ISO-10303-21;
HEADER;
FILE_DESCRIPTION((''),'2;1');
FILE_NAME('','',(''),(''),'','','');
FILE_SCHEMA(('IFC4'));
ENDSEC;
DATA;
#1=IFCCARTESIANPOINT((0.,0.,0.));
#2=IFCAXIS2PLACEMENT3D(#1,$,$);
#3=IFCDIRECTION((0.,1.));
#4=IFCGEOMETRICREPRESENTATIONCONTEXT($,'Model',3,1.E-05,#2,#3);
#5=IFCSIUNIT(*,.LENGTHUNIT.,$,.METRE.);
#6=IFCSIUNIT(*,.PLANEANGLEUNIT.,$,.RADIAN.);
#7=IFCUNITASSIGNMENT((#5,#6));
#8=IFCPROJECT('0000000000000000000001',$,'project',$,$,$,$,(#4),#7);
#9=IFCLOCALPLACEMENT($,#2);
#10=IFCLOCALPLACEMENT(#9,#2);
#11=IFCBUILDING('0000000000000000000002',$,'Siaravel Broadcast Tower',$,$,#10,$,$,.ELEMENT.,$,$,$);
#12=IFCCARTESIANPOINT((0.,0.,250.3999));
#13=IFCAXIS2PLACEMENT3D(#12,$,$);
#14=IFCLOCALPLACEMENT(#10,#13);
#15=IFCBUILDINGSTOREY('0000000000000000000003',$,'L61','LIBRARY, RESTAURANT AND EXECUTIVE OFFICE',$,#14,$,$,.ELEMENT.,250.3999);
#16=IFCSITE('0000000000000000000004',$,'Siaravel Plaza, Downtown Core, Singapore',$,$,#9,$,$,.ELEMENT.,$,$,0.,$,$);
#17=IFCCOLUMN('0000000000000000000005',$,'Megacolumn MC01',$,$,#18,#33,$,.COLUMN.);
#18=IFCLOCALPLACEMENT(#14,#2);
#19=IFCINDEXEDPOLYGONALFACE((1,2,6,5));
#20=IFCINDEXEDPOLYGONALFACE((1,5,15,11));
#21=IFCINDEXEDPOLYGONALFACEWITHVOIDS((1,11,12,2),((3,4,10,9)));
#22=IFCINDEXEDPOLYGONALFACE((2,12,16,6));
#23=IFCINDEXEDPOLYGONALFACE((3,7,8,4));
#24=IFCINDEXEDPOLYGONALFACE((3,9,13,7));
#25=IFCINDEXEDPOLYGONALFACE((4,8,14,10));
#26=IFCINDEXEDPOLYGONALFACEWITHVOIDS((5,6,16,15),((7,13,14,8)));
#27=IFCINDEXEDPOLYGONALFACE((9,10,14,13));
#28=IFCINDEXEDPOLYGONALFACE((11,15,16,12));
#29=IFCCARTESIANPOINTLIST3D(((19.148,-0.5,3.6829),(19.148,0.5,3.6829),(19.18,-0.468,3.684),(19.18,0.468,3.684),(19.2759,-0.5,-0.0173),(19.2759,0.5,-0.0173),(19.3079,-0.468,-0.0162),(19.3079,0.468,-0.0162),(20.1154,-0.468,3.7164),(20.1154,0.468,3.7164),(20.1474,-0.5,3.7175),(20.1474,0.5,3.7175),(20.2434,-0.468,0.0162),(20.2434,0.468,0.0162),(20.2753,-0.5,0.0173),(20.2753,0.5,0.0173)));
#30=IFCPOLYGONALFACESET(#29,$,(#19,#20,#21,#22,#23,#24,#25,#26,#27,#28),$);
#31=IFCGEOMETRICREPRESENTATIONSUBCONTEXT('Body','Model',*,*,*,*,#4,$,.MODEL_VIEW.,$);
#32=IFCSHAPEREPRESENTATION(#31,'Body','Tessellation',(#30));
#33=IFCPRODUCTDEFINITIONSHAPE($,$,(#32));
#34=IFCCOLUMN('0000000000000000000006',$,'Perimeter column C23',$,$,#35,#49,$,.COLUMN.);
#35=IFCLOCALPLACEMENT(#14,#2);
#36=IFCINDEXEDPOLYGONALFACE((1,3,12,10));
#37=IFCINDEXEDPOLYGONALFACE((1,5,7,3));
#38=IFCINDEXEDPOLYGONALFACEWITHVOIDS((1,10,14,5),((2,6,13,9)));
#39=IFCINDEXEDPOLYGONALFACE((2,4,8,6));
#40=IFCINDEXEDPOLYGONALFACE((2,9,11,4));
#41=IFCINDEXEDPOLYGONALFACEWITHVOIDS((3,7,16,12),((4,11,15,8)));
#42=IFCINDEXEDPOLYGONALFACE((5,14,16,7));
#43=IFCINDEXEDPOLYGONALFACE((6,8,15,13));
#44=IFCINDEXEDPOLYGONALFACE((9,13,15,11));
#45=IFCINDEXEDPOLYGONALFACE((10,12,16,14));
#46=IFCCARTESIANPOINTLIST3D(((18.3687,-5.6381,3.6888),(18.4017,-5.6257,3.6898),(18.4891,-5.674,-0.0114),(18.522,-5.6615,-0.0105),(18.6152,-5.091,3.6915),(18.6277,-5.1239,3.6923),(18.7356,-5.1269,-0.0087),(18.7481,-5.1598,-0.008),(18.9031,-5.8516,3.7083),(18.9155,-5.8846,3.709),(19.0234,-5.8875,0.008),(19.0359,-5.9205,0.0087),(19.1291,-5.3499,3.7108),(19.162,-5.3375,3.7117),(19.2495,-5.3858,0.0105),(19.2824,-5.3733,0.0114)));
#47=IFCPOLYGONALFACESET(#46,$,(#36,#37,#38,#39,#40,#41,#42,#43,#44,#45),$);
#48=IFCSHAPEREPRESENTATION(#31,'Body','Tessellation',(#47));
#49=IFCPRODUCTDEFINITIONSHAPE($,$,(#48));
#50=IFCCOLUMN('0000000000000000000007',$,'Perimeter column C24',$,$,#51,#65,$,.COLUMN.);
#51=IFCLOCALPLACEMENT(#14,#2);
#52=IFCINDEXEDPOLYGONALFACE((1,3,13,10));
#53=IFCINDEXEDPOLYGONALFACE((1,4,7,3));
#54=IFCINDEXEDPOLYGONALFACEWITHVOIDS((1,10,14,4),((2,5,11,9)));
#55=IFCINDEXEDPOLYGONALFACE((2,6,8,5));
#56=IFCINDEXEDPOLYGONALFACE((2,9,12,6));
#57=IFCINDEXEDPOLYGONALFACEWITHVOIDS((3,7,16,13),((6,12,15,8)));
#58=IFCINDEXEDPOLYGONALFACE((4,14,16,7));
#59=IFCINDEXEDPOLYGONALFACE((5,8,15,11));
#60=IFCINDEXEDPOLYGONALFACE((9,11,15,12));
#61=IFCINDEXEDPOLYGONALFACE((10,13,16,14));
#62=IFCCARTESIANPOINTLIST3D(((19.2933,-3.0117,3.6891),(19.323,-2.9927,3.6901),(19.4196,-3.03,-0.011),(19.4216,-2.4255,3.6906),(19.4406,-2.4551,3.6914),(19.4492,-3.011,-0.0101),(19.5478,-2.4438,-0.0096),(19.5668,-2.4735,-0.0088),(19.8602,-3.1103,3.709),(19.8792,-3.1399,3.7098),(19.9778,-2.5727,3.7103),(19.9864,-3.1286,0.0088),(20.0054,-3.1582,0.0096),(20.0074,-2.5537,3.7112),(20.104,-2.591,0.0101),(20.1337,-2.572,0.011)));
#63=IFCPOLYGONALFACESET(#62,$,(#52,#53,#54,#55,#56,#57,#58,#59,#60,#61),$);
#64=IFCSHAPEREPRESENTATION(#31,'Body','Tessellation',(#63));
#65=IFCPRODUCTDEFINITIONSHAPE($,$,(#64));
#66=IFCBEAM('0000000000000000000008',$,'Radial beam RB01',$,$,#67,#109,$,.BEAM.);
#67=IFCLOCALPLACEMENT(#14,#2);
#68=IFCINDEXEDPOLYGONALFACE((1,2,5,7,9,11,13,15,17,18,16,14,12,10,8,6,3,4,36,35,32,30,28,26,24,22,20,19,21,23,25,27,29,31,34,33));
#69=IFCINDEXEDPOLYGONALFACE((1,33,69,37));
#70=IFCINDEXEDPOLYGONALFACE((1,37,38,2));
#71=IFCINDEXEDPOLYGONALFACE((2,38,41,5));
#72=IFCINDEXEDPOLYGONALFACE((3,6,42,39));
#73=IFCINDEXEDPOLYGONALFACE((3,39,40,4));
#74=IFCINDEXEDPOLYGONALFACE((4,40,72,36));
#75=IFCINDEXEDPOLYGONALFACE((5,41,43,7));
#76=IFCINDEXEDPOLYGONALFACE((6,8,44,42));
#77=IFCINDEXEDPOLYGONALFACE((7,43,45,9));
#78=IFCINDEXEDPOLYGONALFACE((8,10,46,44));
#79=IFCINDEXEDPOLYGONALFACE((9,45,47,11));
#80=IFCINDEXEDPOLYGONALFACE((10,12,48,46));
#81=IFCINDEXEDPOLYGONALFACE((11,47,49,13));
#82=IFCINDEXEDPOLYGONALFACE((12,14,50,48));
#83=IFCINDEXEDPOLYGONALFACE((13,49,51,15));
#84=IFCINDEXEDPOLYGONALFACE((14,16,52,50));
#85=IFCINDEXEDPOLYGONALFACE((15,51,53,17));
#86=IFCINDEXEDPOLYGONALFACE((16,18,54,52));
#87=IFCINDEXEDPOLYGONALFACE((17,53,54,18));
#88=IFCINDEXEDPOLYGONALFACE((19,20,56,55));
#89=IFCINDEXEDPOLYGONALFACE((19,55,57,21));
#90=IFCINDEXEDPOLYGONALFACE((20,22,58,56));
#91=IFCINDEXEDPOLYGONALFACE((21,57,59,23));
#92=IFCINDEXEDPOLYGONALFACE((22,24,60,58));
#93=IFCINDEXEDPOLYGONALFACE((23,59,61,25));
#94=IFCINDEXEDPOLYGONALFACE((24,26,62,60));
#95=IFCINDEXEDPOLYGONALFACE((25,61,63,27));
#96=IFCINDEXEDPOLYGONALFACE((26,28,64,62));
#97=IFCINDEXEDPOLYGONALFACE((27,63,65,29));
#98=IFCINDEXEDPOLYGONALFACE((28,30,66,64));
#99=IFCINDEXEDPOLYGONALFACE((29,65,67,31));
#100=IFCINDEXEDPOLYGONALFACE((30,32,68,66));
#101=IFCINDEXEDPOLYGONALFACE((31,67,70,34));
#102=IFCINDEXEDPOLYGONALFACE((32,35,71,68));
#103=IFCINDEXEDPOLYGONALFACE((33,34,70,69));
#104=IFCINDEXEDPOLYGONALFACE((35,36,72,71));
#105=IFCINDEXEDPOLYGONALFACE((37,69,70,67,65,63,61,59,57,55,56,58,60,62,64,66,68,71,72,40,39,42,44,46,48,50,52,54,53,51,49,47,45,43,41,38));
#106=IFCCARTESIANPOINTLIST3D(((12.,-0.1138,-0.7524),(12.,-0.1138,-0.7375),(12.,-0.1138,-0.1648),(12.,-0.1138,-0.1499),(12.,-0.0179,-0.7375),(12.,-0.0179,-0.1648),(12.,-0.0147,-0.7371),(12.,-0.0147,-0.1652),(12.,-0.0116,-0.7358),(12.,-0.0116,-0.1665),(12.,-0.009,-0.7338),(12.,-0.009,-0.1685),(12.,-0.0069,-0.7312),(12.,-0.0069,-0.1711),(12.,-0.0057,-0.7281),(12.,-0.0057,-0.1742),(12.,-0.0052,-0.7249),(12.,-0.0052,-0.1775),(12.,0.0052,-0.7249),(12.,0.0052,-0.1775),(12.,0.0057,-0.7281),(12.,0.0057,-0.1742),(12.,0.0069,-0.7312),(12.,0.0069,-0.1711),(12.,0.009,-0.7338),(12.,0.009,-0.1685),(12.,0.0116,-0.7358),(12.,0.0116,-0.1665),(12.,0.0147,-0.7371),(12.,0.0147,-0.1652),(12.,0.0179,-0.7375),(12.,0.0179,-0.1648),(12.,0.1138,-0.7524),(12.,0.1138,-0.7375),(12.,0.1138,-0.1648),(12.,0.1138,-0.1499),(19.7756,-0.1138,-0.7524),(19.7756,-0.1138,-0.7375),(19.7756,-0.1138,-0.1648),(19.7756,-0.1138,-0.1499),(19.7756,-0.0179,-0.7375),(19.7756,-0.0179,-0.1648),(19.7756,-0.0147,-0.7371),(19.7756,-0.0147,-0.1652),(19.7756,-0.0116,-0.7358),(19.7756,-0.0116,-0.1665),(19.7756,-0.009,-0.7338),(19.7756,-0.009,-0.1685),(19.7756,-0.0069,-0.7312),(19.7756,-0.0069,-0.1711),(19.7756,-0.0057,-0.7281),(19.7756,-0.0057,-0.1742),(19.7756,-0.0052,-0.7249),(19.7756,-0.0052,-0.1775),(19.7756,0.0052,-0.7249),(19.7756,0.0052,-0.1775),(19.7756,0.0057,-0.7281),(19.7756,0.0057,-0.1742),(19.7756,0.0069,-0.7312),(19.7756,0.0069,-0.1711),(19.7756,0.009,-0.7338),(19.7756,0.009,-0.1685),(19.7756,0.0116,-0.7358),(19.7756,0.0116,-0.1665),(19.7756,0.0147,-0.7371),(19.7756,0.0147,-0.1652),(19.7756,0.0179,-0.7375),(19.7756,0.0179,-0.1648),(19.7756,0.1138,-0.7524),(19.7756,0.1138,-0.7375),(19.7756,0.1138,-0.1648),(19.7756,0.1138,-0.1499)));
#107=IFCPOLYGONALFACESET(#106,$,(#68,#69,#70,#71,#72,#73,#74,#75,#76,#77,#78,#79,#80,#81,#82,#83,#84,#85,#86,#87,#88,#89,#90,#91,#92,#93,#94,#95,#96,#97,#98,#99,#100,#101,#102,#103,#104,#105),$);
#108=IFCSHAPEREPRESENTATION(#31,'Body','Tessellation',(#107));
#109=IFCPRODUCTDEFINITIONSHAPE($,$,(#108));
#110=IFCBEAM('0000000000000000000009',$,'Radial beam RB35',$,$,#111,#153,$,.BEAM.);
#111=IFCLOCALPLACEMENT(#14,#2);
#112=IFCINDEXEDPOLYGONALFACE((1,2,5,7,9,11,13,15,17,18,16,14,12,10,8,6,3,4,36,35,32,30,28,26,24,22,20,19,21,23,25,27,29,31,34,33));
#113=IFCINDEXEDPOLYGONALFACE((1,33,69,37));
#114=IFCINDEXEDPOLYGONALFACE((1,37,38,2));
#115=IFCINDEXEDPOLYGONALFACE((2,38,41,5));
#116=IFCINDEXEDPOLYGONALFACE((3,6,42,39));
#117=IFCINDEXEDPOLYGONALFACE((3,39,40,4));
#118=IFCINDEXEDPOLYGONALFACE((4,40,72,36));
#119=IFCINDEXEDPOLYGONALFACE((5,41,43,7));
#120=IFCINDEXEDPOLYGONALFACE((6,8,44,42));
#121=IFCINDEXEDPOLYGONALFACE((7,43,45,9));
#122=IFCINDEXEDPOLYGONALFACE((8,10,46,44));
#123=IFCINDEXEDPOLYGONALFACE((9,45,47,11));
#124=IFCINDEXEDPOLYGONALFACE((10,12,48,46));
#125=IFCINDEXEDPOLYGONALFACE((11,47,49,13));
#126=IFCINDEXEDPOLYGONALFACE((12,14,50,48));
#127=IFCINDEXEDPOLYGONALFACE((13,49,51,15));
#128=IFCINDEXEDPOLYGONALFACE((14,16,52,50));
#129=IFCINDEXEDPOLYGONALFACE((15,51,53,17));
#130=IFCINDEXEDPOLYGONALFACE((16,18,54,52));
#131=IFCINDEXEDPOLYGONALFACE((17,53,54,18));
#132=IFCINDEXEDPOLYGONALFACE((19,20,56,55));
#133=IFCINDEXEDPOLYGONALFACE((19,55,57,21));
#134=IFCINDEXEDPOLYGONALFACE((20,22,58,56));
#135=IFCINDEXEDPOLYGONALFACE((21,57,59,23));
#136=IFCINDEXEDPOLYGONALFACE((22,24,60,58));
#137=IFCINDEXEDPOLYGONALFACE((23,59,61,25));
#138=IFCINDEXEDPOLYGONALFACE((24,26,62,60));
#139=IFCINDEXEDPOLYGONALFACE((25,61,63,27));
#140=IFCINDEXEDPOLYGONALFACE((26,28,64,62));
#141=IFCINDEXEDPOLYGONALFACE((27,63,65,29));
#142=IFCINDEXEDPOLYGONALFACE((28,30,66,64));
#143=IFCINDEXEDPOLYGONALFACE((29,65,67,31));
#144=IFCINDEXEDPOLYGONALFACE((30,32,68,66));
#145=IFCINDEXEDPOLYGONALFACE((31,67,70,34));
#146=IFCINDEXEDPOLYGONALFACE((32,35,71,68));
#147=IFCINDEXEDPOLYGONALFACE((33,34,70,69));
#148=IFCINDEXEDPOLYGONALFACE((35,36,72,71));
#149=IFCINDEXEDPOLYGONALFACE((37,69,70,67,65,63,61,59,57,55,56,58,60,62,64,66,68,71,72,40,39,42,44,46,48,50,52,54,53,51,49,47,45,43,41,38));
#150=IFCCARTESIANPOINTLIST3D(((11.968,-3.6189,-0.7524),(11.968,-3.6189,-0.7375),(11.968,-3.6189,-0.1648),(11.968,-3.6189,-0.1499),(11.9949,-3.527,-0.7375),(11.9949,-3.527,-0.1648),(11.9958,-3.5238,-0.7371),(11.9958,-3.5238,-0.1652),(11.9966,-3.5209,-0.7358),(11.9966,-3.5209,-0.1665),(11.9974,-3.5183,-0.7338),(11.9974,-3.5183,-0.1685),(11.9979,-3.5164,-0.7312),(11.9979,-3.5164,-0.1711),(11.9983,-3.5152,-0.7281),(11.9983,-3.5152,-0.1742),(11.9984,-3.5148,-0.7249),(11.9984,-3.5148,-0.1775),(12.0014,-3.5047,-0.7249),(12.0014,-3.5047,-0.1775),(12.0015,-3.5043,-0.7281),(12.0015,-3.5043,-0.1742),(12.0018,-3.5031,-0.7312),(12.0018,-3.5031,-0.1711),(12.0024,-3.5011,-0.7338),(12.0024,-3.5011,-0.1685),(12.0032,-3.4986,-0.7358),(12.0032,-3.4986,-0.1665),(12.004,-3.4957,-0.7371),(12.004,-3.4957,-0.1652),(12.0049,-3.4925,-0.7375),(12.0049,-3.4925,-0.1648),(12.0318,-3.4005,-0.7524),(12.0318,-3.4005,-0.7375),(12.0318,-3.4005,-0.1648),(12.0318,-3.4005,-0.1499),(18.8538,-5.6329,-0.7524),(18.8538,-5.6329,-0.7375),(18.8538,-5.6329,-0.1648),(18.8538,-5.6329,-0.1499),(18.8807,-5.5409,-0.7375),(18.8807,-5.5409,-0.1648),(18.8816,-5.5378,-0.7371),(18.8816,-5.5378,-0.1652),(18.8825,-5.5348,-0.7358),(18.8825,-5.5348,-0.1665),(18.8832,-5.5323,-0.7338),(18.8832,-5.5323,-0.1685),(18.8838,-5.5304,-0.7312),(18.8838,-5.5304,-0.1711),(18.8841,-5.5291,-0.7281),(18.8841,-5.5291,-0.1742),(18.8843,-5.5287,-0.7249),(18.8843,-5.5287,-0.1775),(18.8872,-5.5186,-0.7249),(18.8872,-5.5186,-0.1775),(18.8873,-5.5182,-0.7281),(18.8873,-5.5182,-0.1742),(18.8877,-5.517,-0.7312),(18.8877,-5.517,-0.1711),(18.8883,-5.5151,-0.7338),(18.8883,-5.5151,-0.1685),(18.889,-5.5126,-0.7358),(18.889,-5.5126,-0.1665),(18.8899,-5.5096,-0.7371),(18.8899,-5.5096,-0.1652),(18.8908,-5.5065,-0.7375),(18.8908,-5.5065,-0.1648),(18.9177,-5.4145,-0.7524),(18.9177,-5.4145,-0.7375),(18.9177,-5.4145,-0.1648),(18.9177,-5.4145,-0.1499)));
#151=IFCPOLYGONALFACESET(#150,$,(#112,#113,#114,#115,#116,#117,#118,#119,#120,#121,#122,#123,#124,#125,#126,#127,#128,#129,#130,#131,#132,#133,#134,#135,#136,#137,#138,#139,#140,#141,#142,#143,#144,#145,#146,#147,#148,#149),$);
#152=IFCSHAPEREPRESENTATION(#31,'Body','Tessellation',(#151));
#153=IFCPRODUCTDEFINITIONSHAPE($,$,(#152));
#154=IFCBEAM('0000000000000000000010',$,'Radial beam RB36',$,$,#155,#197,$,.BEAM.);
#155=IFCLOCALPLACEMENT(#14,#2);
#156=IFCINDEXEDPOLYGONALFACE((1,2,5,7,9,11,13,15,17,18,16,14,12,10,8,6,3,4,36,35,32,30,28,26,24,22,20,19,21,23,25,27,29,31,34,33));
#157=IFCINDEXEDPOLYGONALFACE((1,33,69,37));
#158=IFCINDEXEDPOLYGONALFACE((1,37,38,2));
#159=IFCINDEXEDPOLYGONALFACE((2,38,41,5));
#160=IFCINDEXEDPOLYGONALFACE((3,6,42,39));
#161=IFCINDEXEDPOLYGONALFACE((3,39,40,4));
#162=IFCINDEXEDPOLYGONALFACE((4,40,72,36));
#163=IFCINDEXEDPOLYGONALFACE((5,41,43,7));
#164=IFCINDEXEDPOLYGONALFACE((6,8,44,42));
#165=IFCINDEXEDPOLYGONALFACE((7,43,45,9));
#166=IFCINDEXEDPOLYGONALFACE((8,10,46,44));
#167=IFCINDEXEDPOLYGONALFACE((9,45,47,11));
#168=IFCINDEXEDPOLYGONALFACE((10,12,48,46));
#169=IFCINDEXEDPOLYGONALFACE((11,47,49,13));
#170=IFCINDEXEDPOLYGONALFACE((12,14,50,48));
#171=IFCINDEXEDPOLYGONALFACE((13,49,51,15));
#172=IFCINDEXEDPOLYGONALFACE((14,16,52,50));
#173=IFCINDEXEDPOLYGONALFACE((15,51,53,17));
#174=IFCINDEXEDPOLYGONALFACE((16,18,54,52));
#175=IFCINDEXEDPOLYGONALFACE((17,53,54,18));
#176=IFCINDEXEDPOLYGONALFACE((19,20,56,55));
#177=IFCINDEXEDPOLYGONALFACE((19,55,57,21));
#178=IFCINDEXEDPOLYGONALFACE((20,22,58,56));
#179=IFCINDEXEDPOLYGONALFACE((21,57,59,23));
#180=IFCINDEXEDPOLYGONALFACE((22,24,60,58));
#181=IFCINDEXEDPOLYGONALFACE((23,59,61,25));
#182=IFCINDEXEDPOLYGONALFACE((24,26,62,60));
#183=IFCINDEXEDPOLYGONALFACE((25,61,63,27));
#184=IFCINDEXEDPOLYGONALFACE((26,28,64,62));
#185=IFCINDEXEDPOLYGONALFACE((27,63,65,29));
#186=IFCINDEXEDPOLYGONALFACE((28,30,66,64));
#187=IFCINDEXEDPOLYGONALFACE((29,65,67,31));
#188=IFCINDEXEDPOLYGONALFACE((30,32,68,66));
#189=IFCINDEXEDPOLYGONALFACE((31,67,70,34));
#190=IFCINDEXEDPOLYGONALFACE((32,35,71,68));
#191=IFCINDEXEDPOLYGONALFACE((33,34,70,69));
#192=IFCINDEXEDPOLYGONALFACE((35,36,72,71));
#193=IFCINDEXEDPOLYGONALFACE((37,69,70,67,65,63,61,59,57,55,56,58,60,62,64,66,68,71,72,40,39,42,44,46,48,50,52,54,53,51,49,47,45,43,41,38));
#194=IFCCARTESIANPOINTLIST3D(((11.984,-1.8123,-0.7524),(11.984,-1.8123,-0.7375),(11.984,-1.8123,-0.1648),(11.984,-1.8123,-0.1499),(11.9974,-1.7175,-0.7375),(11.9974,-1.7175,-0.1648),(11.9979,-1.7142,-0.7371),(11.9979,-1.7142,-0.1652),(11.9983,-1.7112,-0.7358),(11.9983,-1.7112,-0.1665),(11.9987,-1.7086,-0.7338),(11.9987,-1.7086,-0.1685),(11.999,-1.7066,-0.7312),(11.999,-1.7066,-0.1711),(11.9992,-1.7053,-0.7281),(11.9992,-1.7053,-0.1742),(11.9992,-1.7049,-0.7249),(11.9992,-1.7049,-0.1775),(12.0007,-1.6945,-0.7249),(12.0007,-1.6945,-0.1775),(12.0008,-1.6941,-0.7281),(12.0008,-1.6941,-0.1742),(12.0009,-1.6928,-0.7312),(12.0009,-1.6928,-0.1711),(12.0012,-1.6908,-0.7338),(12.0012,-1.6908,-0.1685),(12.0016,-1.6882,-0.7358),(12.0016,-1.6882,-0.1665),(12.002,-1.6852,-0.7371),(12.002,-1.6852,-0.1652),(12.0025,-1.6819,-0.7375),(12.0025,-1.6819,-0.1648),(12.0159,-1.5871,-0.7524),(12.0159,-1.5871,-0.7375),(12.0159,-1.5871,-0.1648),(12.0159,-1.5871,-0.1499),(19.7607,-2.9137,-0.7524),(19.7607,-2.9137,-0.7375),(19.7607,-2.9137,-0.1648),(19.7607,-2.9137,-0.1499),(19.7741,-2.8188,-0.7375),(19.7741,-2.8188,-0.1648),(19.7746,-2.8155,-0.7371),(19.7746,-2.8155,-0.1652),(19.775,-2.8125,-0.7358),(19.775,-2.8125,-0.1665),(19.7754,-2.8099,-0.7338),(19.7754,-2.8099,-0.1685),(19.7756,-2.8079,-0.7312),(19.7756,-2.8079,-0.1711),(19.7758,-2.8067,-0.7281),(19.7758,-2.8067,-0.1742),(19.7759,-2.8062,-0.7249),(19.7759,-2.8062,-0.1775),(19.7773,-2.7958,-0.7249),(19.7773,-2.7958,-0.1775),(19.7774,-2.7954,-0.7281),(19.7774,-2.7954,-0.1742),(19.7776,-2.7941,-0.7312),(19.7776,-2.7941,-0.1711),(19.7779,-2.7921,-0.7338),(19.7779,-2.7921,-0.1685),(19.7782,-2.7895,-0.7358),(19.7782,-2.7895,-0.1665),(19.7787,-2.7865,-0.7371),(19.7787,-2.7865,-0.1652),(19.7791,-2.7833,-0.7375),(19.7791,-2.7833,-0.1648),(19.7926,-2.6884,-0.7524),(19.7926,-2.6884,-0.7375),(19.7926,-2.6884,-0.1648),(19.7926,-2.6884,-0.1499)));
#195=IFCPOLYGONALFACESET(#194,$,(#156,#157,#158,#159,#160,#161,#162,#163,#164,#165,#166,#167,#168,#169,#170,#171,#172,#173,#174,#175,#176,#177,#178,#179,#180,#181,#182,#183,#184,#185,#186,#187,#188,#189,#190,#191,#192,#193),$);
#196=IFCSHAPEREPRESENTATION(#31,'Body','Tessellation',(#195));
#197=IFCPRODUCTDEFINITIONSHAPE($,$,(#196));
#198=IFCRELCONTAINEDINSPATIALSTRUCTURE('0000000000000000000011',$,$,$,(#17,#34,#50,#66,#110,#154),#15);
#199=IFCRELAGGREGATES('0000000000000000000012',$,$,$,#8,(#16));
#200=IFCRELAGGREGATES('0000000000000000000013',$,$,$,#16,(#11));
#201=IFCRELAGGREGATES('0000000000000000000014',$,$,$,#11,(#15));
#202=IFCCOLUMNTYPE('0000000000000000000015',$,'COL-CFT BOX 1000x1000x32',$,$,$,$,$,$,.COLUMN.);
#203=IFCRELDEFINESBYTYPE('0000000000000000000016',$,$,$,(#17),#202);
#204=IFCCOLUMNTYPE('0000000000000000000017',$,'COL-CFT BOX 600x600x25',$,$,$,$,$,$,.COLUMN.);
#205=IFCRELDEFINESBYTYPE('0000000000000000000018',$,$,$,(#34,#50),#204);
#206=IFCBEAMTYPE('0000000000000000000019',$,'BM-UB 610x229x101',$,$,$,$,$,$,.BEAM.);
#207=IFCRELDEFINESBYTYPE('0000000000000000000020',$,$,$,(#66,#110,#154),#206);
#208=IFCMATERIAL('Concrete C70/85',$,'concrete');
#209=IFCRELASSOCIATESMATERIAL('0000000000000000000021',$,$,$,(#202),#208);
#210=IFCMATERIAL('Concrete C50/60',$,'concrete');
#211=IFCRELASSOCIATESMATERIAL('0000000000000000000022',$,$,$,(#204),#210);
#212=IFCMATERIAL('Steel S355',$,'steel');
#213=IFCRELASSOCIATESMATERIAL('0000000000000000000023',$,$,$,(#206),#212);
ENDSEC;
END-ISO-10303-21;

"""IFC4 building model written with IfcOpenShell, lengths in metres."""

from ifc_helpers import new_model, si_unit, direction, frame, origin, origin_2d, place, context, subcontext, project, spatial, hollow_rectangle, i_section, extrude, material, material_profile, profile_set, type_object, element, save


model = new_model("IFC4")

# Units and contexts
model_context = context("Model", 3, precision=1e-05, world=origin(), true_north=direction((0.0, 1.0)))
body_context = subcontext(model_context, "Body", "Model", "MODEL_VIEW")
ifc_project = project(units=[si_unit("LENGTHUNIT", "METRE"), si_unit("PLANEANGLEUNIT", "RADIAN")], contexts=[model_context])

# Site, building, storey
site_placement = place(None, origin())
site = spatial("IfcSite", under=ifc_project, at=site_placement, Name="Siaravel Plaza, Downtown Core, Singapore", CompositionType="ELEMENT", RefElevation=0.0)
building_placement = place(site_placement, origin())
building = spatial("IfcBuilding", under=site, at=building_placement, Name="Siaravel Broadcast Tower", CompositionType="ELEMENT")
storey_placement = place(building_placement, frame((0.0, 0.0, 250.3999)))
storey = spatial("IfcBuildingStorey", under=building, at=storey_placement, Name="L61", Description="LIBRARY, RESTAURANT AND EXECUTIVE OFFICE", CompositionType="ELEMENT", Elevation=250.3999)

# Columns
ifc_material_1 = material(Name="Concrete C70/85", Category="concrete")
ifc_material_profile_1 = material_profile(ifc_material_1, hollow_rectangle(XDim=1.0, YDim=1.0, WallThickness=0.032, at=origin_2d()))
ifc_profile_set_1 = profile_set([ifc_material_profile_1], Name="Concrete C70/85")
column_type_1 = type_object("IfcColumnType", Name="COL-CFT BOX 1000x1000x32", PredefinedType="COLUMN", material=ifc_profile_set_1)
column_placement = place(storey_placement, frame((19.7756, 0.0, 0.0), z_axis=(-0.034553, 0.0, 0.999403), x_axis=(0.0, -1.0, 0.0)))
element("IfcColumn", 1, at=column_placement, inside=storey, type_object=column_type_1, Name="Megacolumn MC01", PredefinedType="COLUMN", context=body_context, shape_type="SweptSolid", body=[
    extrude(hollow_rectangle(XDim=1.0, YDim=1.0, WallThickness=0.032, at=origin_2d()), origin(), (0.0, 0.0, 1.0), 3.7024),
])
ifc_material_2 = material(Name="Concrete C50/60", Category="concrete")
ifc_material_profile_2 = material_profile(ifc_material_2, hollow_rectangle(XDim=0.6001, YDim=0.6001, WallThickness=0.0249, at=origin_2d()))
ifc_profile_set_2 = profile_set([ifc_material_profile_2], Name="Concrete C50/60")
column_type_2 = type_object("IfcColumnType", Name="COL-CFT BOX 600x600x25", PredefinedType="COLUMN", material=ifc_profile_set_2)
for number, where, z_axis, x_axis, name in (
    (2, (18.8857, -5.5237, 0.0), (-0.03251, 0.009694, 0.999424), (-0.410776, -0.911725, -0.004519), "Perimeter column C23"),
    (3, (19.7766, -2.801, 0.0), (-0.034092, 0.004946, 0.999406), (-0.213691, -0.976898, -0.002455), "Perimeter column C24"),
):
    element("IfcColumn", number, at=place(storey_placement, frame(where, z_axis=z_axis, x_axis=x_axis)), inside=storey, type_object=column_type_2, Name=name, PredefinedType="COLUMN", context=body_context, shape_type="SweptSolid", body=[
        extrude(hollow_rectangle(XDim=0.6001, YDim=0.6001, WallThickness=0.0249, at=origin_2d()), origin(), (0.0, 0.0, 1.0), 3.7024),
    ])

# Beams
ifc_material_3 = material(Name="Steel S355", Category="steel")
ifc_material_profile_3 = material_profile(ifc_material_3, i_section(OverallWidth=0.2275, OverallDepth=0.6025, WebThickness=0.0105, FlangeThickness=0.0149, FilletRadius=0.0127, at=origin_2d()))
ifc_profile_set_3 = profile_set([ifc_material_profile_3], Name="Steel S355")
beam_type = type_object("IfcBeamType", Name="BM-UB 610x229x101", PredefinedType="BEAM", material=ifc_profile_set_3)
beam_1_placement = place(storey_placement, frame((19.7756, 0.0, -0.4512), z_axis=(-1.0, 0.0, 0.0), x_axis=(0.0, -1.0, 0.0)))
element("IfcBeam", 4, at=beam_1_placement, inside=storey, type_object=beam_type, Name="Radial beam RB01", PredefinedType="BEAM", context=body_context, shape_type="SweptSolid", body=[
    extrude(i_section(OverallWidth=0.2275, OverallDepth=0.6025, WebThickness=0.0105, FlangeThickness=0.0149, FilletRadius=0.0127, at=origin_2d()), origin(), (0.0, 0.0, 1.0), 7.7756),
])
beam_2_placement = place(storey_placement, frame((18.8857, -5.5237, -0.4512), z_axis=(-0.959791, 0.280716, 0.0), x_axis=(-0.280716, -0.959791, 0.0)))
element("IfcBeam", 5, at=beam_2_placement, inside=storey, type_object=beam_type, Name="Radial beam RB35", PredefinedType="BEAM", context=body_context, shape_type="SweptSolid", body=[
    extrude(i_section(OverallWidth=0.2275, OverallDepth=0.6025, WebThickness=0.0105, FlangeThickness=0.0149, FilletRadius=0.0127, at=origin_2d()), origin(), (0.0, 0.0, 1.0), 7.1743),
])
beam_3_placement = place(storey_placement, frame((19.7766, -2.801, -0.4512), z_axis=(-0.99012, 0.14022, 0.0), x_axis=(-0.14022, -0.99012, 0.0)))
element("IfcBeam", 6, at=beam_3_placement, inside=storey, type_object=beam_type, Name="Radial beam RB36", PredefinedType="BEAM", context=body_context, shape_type="SweptSolid", body=[
    extrude(i_section(OverallWidth=0.2275, OverallDepth=0.6025, WebThickness=0.0105, FlangeThickness=0.0149, FilletRadius=0.0127, at=origin_2d()), origin(), (0.0, 0.0, 1.0), 7.8542),
])

save(model, "model.ifc")
